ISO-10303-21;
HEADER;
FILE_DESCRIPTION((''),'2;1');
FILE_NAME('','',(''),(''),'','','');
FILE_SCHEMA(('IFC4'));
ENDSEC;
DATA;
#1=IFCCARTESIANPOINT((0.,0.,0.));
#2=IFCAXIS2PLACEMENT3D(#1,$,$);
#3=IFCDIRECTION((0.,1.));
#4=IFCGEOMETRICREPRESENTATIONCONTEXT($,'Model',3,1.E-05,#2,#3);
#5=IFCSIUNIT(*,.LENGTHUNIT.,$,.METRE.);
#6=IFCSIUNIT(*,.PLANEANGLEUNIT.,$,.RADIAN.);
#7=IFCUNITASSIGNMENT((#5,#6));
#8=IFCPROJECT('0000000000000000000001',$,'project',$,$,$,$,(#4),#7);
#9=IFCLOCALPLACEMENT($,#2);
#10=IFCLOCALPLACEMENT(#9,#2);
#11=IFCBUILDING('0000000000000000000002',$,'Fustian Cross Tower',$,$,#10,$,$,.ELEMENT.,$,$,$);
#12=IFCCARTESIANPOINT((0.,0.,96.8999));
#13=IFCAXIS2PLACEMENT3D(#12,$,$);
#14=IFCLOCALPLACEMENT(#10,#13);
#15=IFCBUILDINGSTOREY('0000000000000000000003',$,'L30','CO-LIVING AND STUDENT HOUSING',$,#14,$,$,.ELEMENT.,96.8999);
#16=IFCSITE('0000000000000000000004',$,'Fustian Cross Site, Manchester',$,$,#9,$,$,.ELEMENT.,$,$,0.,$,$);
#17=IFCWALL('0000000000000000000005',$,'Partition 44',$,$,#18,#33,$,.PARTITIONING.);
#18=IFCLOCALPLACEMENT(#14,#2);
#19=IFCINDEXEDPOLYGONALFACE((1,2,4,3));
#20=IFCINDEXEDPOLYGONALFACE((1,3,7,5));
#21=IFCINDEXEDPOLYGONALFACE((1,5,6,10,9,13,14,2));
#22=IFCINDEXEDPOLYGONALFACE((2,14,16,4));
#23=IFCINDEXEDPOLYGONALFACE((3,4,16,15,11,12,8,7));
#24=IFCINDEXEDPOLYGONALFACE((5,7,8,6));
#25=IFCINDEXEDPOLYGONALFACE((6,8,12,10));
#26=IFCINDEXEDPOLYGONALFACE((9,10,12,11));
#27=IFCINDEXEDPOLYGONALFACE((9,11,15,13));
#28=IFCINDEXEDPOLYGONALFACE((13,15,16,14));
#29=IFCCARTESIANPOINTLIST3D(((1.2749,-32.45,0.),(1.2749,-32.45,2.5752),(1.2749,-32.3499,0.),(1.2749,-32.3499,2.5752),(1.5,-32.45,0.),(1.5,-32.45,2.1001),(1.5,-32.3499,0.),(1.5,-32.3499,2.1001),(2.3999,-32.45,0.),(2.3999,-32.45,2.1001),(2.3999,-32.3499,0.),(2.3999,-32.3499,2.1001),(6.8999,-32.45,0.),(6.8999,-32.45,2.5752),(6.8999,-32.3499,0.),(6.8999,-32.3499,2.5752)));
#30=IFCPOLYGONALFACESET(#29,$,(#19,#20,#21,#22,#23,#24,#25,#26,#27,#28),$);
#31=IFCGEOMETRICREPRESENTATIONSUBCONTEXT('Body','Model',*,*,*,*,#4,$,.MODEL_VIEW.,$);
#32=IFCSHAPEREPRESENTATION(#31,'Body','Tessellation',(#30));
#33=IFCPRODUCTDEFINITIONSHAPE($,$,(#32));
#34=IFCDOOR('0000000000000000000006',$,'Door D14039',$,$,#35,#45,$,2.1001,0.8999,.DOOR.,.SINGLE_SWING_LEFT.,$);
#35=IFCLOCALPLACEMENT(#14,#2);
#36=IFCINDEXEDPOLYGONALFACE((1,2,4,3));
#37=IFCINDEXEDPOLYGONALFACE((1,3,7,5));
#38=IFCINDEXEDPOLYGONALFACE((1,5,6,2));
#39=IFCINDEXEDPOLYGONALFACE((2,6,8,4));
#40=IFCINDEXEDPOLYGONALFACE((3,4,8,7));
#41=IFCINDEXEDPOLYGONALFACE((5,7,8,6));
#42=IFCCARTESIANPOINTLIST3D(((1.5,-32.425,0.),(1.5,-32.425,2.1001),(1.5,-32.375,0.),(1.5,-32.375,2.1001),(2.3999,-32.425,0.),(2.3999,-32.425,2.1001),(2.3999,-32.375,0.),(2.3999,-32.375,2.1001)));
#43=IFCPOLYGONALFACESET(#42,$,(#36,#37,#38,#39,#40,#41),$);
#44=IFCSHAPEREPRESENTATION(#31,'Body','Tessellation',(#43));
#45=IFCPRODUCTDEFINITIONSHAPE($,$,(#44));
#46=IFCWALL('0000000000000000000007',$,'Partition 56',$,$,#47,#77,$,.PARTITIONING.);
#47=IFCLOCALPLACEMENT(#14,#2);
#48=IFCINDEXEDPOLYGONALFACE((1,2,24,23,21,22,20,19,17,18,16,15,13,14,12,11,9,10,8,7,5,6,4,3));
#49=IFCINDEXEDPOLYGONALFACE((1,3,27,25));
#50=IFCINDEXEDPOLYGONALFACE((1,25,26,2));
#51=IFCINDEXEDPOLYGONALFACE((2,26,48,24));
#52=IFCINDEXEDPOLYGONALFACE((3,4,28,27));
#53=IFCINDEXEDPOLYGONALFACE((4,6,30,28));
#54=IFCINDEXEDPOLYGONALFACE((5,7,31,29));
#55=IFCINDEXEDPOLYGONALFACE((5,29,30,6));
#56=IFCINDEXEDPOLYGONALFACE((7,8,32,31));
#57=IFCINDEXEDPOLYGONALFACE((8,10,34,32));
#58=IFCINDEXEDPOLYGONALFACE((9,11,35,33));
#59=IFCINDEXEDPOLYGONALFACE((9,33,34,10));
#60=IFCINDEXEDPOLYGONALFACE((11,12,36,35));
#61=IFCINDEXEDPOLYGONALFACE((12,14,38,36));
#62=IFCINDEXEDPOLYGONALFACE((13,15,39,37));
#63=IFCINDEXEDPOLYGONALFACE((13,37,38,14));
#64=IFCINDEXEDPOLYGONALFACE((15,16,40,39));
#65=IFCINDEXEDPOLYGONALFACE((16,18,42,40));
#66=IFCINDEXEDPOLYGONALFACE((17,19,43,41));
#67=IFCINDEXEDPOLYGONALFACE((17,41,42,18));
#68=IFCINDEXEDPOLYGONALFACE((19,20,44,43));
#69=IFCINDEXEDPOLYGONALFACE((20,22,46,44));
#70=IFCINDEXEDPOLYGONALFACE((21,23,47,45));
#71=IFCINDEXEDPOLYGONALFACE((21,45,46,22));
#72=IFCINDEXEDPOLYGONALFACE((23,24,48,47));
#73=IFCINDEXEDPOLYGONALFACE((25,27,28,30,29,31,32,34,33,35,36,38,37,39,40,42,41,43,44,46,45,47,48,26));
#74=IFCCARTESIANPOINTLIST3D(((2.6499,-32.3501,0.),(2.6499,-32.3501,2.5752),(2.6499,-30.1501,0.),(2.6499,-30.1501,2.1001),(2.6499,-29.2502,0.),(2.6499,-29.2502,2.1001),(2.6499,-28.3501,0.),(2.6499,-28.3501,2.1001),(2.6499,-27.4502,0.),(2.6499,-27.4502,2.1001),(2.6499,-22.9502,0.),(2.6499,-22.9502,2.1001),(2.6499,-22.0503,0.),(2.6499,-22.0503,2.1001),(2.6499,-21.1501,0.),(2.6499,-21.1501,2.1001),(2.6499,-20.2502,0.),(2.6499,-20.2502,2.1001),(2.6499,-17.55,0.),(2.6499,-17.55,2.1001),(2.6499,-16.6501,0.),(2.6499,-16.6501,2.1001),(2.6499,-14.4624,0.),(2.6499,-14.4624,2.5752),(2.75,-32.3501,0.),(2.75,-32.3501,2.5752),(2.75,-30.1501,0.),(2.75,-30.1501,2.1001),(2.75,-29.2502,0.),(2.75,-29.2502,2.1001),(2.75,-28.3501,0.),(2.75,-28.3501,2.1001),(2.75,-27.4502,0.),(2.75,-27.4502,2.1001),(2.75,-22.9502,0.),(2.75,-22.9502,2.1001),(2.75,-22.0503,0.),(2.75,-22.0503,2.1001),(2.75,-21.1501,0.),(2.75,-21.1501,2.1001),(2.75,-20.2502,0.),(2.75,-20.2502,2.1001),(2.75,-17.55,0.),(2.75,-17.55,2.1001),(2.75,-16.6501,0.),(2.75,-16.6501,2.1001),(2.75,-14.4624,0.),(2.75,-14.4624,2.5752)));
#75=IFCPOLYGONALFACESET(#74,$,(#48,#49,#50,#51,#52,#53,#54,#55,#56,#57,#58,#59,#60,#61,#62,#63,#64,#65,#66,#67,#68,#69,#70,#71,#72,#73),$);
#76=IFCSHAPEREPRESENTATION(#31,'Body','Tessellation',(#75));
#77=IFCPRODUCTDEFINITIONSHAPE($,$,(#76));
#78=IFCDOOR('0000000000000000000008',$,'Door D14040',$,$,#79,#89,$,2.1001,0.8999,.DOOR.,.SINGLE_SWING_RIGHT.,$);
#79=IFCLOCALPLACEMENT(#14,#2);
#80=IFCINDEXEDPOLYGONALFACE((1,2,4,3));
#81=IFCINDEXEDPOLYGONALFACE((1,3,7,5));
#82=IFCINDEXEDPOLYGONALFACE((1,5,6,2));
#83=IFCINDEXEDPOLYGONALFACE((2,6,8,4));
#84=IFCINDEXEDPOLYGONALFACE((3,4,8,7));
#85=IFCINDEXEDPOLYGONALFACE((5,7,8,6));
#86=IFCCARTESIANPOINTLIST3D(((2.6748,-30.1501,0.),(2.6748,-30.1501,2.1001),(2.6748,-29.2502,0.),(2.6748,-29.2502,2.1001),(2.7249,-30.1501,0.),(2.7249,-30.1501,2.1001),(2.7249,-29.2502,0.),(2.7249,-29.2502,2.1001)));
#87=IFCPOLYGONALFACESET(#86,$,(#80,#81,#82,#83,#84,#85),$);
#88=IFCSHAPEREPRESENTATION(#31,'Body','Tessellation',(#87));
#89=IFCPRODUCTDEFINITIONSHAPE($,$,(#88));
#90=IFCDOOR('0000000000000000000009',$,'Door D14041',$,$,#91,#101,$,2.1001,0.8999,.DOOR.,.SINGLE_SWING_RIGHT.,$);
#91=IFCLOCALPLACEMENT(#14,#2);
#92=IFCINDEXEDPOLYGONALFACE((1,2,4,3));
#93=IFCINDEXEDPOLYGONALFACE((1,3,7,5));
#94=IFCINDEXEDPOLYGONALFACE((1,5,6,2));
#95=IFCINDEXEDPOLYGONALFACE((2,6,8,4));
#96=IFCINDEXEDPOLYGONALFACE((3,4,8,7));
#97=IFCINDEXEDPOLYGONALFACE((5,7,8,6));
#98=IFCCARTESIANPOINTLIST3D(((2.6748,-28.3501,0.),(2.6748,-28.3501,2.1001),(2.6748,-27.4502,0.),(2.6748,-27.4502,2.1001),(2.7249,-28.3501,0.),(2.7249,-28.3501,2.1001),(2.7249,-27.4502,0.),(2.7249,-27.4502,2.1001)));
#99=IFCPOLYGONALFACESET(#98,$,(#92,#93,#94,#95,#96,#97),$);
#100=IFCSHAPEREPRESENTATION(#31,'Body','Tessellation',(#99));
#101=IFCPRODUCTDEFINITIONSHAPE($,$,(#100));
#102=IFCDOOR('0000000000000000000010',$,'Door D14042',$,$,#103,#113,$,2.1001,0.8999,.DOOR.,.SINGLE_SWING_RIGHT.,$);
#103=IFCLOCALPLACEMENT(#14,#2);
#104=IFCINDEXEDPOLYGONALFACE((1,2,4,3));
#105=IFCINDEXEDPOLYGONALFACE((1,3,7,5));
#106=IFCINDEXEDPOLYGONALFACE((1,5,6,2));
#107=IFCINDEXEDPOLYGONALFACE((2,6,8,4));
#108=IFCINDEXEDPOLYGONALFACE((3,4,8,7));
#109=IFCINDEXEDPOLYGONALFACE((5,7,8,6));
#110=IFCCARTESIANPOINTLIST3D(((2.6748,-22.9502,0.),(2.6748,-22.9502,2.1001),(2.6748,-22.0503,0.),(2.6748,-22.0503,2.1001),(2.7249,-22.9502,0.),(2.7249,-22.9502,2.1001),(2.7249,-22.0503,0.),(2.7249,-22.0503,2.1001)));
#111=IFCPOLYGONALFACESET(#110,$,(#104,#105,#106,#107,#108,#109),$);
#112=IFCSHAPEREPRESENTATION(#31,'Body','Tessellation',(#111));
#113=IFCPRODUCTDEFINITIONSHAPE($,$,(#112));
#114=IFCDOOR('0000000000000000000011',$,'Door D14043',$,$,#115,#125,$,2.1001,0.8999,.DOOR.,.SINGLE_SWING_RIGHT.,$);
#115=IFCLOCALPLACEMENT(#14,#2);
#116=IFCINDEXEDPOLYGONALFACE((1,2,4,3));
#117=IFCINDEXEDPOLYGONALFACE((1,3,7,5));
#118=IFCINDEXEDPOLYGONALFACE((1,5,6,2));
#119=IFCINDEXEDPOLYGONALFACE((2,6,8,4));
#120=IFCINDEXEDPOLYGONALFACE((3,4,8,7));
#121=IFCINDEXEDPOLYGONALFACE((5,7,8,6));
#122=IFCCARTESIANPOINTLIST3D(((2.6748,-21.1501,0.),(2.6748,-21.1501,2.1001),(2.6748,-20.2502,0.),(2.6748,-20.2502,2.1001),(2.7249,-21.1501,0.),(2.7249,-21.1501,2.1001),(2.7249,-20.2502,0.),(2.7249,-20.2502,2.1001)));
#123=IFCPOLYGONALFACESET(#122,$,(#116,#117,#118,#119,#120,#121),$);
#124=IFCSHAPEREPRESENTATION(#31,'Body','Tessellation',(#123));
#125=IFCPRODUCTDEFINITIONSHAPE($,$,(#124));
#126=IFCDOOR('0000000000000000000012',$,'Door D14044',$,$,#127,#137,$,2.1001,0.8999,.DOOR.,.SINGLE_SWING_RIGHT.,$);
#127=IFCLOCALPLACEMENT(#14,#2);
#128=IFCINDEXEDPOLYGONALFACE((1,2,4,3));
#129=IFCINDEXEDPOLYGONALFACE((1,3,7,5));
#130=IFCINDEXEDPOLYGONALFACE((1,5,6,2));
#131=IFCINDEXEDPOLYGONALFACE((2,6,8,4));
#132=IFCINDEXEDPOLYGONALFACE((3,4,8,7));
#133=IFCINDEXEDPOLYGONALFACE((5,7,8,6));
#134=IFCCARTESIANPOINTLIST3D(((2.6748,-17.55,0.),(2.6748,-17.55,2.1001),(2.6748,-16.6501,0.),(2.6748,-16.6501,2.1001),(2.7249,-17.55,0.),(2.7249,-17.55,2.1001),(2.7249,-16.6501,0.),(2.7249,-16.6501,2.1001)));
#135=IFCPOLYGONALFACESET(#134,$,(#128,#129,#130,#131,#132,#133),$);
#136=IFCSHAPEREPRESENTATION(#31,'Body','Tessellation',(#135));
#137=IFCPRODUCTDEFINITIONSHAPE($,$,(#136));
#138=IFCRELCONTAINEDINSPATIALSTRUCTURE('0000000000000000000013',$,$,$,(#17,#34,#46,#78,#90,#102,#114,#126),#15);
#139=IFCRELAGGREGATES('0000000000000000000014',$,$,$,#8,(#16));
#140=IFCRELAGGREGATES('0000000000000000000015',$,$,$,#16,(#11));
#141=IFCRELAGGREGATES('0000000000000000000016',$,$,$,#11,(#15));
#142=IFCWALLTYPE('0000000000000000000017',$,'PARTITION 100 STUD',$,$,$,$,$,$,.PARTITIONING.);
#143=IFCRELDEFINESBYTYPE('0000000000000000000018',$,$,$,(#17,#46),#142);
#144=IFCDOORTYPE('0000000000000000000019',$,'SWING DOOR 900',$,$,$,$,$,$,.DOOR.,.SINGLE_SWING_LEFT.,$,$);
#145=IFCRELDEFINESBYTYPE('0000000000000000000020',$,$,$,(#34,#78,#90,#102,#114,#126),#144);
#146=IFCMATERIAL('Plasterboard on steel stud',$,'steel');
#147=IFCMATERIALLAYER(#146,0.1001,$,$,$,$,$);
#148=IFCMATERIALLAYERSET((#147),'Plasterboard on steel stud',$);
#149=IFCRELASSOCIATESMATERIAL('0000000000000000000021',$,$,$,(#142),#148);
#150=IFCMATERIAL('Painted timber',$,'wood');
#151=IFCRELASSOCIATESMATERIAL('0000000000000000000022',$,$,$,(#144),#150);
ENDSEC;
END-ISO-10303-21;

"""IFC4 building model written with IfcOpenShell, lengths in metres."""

from ifc_helpers import new_model, si_unit, direction, frame, frame_2d, origin, place, context, subcontext, project, spatial, rectangle, extrude, material, layer, layer_set, type_object, element, fill, save


model = new_model("IFC4")

# Units and contexts
model_context = context("Model", 3, precision=1e-05, world=origin(), true_north=direction((0.0, 1.0)))
body_context = subcontext(model_context, "Body", "Model", "MODEL_VIEW")
ifc_project = project(units=[si_unit("LENGTHUNIT", "METRE"), si_unit("PLANEANGLEUNIT", "RADIAN")], contexts=[model_context])

# Site, building, storey
site_placement = place(None, origin())
site = spatial("IfcSite", under=ifc_project, at=site_placement, Name="Fustian Cross Site, Manchester", CompositionType="ELEMENT", RefElevation=0.0)
building_placement = place(site_placement, origin())
building = spatial("IfcBuilding", under=site, at=building_placement, Name="Fustian Cross Tower", CompositionType="ELEMENT")
storey_placement = place(building_placement, frame((0.0, 0.0, 96.8999)))
storey = spatial("IfcBuildingStorey", under=building, at=storey_placement, Name="L30", Description="CO-LIVING AND STUDENT HOUSING", CompositionType="ELEMENT", Elevation=96.8999)

# Wall, opening, door
ifc_material_1 = material(Name="Plasterboard on steel stud", Category="steel")
ifc_layer = layer(ifc_material_1, 0.1001)
ifc_layer_set = layer_set([ifc_layer], Name="Plasterboard on steel stud")
wall_type = type_object("IfcWallType", Name="PARTITION 100 STUD", PredefinedType="PARTITIONING", material=ifc_layer_set)
wall_1_placement = place(storey_placement, frame((1.2749, -32.3999, 0.0), z_axis=(0.0, 0.0, 1.0), x_axis=(1.0, 0.0, 0.0)))
wall_1 = element("IfcWall", 1, at=wall_1_placement, inside=storey, type_object=wall_type, Name="Partition 44", PredefinedType="PARTITIONING", context=body_context, shape_type="SweptSolid", body=[
    extrude(rectangle(XDim=5.625, YDim=0.1001, at=frame_2d((2.8125, 0.0))), origin(), (0.0, 0.0, 1.0), 2.5752),
])
opening_1_placement = place(wall_1_placement, frame((0.2251, 0.0, 0.0)))
opening_1 = element("IfcOpeningElement", 2, at=opening_1_placement, cuts=wall_1, PredefinedType="OPENING", context=body_context, shape_type="SweptSolid", body=[
    extrude(rectangle(XDim=0.8999, YDim=2.1001, at=frame_2d((0.45, 1.05))), frame((0.0, 0.0601, 0.0), z_axis=(0.0, -1.0, 0.0), x_axis=(1.0, 0.0, 0.0)), (0.0, 0.0, 1.0), 0.1201),
])
ifc_material_2 = material(Name="Painted timber", Category="wood")
door_type_1 = type_object("IfcDoorType", Name="SWING DOOR 900", OperationType="SINGLE_SWING_LEFT", PredefinedType="DOOR", material=ifc_material_2)
door_1_placement = place(opening_1_placement, origin())
door_1 = element("IfcDoor", 3, at=door_1_placement, inside=storey, type_object=door_type_1, Name="Door D14039", OperationType="SINGLE_SWING_LEFT", OverallHeight=2.1001, OverallWidth=0.8999, PredefinedType="DOOR", context=body_context, shape_type="SweptSolid", body=[
    extrude(rectangle(XDim=0.8999, YDim=2.1001, at=frame_2d((0.45, 1.05))), frame((0.0, 0.0249, 0.0), z_axis=(0.0, -1.0, 0.0), x_axis=(1.0, 0.0, 0.0)), (0.0, 0.0, 1.0), 0.05),
])
fill(opening_1, door_1)

# Wall, openings, doors
wall_2_placement = place(storey_placement, frame((2.7, -32.3501, 0.0), z_axis=(0.0, 0.0, 1.0), x_axis=(0.0, 1.0, 0.0)))
wall_2 = element("IfcWall", 4, at=wall_2_placement, inside=storey, type_object=wall_type, Name="Partition 56", PredefinedType="PARTITIONING", context=body_context, shape_type="SweptSolid", body=[
    extrude(rectangle(XDim=17.8877, YDim=0.1001, at=frame_2d((8.9438, 0.0))), origin(), (0.0, 0.0, 1.0), 2.5752),
])
opening_2_placement = place(wall_2_placement, frame((2.2, 0.0, 0.0)))
opening_2 = element("IfcOpeningElement", 5, at=opening_2_placement, cuts=wall_2, PredefinedType="OPENING", context=body_context, shape_type="SweptSolid", body=[
    extrude(rectangle(XDim=0.8999, YDim=2.1001, at=frame_2d((0.45, 1.05))), frame((0.0, 0.0601, 0.0), z_axis=(0.0, -1.0, 0.0), x_axis=(1.0, 0.0, 0.0)), (0.0, 0.0, 1.0), 0.1201),
])
opening_3_placement = place(wall_2_placement, frame((4.0, 0.0, 0.0)))
opening_3 = element("IfcOpeningElement", 6, at=opening_3_placement, cuts=wall_2, PredefinedType="OPENING", context=body_context, shape_type="SweptSolid", body=[
    extrude(rectangle(XDim=0.8999, YDim=2.1001, at=frame_2d((0.45, 1.05))), frame((0.0, 0.0601, 0.0), z_axis=(0.0, -1.0, 0.0), x_axis=(1.0, 0.0, 0.0)), (0.0, 0.0, 1.0), 0.1201),
])
opening_4_placement = place(wall_2_placement, frame((9.3999, 0.0, 0.0)))
opening_4 = element("IfcOpeningElement", 7, at=opening_4_placement, cuts=wall_2, PredefinedType="OPENING", context=body_context, shape_type="SweptSolid", body=[
    extrude(rectangle(XDim=0.8999, YDim=2.1001, at=frame_2d((0.45, 1.05))), frame((0.0, 0.0601, 0.0), z_axis=(0.0, -1.0, 0.0), x_axis=(1.0, 0.0, 0.0)), (0.0, 0.0, 1.0), 0.1201),
])
opening_5_placement = place(wall_2_placement, frame((11.2, 0.0, 0.0)))
opening_5 = element("IfcOpeningElement", 8, at=opening_5_placement, cuts=wall_2, PredefinedType="OPENING", context=body_context, shape_type="SweptSolid", body=[
    extrude(rectangle(XDim=0.8999, YDim=2.1001, at=frame_2d((0.45, 1.05))), frame((0.0, 0.0601, 0.0), z_axis=(0.0, -1.0, 0.0), x_axis=(1.0, 0.0, 0.0)), (0.0, 0.0, 1.0), 0.1201),
])
opening_6_placement = place(wall_2_placement, frame((14.8, 0.0, 0.0)))
opening_6 = element("IfcOpeningElement", 9, at=opening_6_placement, cuts=wall_2, PredefinedType="OPENING", context=body_context, shape_type="SweptSolid", body=[
    extrude(rectangle(XDim=0.8999, YDim=2.1001, at=frame_2d((0.45, 1.05))), frame((0.0, 0.0601, 0.0), z_axis=(0.0, -1.0, 0.0), x_axis=(1.0, 0.0, 0.0)), (0.0, 0.0, 1.0), 0.1201),
])
door_2_placement = place(opening_2_placement, frame((0.8999, 0.0, 0.0), z_axis=(0.0, 0.0, 1.0), x_axis=(-1.0, 0.0, 0.0)))
door_2 = element("IfcDoor", 10, at=door_2_placement, inside=storey, type_object=door_type_1, Name="Door D14040", OperationType="SINGLE_SWING_RIGHT", OverallHeight=2.1001, OverallWidth=0.8999, PredefinedType="DOOR", context=body_context, shape_type="SweptSolid", body=[
    extrude(rectangle(XDim=0.8999, YDim=2.1001, at=frame_2d((0.45, 1.05))), frame((0.0, 0.0249, 0.0), z_axis=(0.0, -1.0, 0.0), x_axis=(1.0, 0.0, 0.0)), (0.0, 0.0, 1.0), 0.05),
])
fill(opening_2, door_2)
door_3_placement = place(opening_3_placement, frame((0.8999, 0.0, 0.0), z_axis=(0.0, 0.0, 1.0), x_axis=(-1.0, 0.0, 0.0)))
door_3 = element("IfcDoor", 11, at=door_3_placement, inside=storey, type_object=door_type_1, Name="Door D14041", OperationType="SINGLE_SWING_RIGHT", OverallHeight=2.1001, OverallWidth=0.8999, PredefinedType="DOOR", context=body_context, shape_type="SweptSolid", body=[
    extrude(rectangle(XDim=0.8999, YDim=2.1001, at=frame_2d((0.45, 1.05))), frame((0.0, 0.0249, 0.0), z_axis=(0.0, -1.0, 0.0), x_axis=(1.0, 0.0, 0.0)), (0.0, 0.0, 1.0), 0.05),
])
fill(opening_3, door_3)
door_4_placement = place(opening_4_placement, frame((0.8999, 0.0, 0.0), z_axis=(0.0, 0.0, 1.0), x_axis=(-1.0, 0.0, 0.0)))
door_4 = element("IfcDoor", 12, at=door_4_placement, inside=storey, type_object=door_type_1, Name="Door D14042", OperationType="SINGLE_SWING_RIGHT", OverallHeight=2.1001, OverallWidth=0.8999, PredefinedType="DOOR", context=body_context, shape_type="SweptSolid", body=[
    extrude(rectangle(XDim=0.8999, YDim=2.1001, at=frame_2d((0.45, 1.05))), frame((0.0, 0.0249, 0.0), z_axis=(0.0, -1.0, 0.0), x_axis=(1.0, 0.0, 0.0)), (0.0, 0.0, 1.0), 0.05),
])
fill(opening_4, door_4)
door_5_placement = place(opening_5_placement, frame((0.8999, 0.0, 0.0), z_axis=(0.0, 0.0, 1.0), x_axis=(-1.0, 0.0, 0.0)))
door_5 = element("IfcDoor", 13, at=door_5_placement, inside=storey, type_object=door_type_1, Name="Door D14043", OperationType="SINGLE_SWING_RIGHT", OverallHeight=2.1001, OverallWidth=0.8999, PredefinedType="DOOR", context=body_context, shape_type="SweptSolid", body=[
    extrude(rectangle(XDim=0.8999, YDim=2.1001, at=frame_2d((0.45, 1.05))), frame((0.0, 0.0249, 0.0), z_axis=(0.0, -1.0, 0.0), x_axis=(1.0, 0.0, 0.0)), (0.0, 0.0, 1.0), 0.05),
])
fill(opening_5, door_5)
door_6_placement = place(opening_6_placement, frame((0.8999, 0.0, 0.0), z_axis=(0.0, 0.0, 1.0), x_axis=(-1.0, 0.0, 0.0)))
door_6 = element("IfcDoor", 14, at=door_6_placement, inside=storey, type_object=door_type_1, Name="Door D14044", OperationType="SINGLE_SWING_RIGHT", OverallHeight=2.1001, OverallWidth=0.8999, PredefinedType="DOOR", context=body_context, shape_type="SweptSolid", body=[
    extrude(rectangle(XDim=0.8999, YDim=2.1001, at=frame_2d((0.45, 1.05))), frame((0.0, 0.0249, 0.0), z_axis=(0.0, -1.0, 0.0), x_axis=(1.0, 0.0, 0.0)), (0.0, 0.0, 1.0), 0.05),
])
fill(opening_6, door_6)

save(model, "model.ifc")
